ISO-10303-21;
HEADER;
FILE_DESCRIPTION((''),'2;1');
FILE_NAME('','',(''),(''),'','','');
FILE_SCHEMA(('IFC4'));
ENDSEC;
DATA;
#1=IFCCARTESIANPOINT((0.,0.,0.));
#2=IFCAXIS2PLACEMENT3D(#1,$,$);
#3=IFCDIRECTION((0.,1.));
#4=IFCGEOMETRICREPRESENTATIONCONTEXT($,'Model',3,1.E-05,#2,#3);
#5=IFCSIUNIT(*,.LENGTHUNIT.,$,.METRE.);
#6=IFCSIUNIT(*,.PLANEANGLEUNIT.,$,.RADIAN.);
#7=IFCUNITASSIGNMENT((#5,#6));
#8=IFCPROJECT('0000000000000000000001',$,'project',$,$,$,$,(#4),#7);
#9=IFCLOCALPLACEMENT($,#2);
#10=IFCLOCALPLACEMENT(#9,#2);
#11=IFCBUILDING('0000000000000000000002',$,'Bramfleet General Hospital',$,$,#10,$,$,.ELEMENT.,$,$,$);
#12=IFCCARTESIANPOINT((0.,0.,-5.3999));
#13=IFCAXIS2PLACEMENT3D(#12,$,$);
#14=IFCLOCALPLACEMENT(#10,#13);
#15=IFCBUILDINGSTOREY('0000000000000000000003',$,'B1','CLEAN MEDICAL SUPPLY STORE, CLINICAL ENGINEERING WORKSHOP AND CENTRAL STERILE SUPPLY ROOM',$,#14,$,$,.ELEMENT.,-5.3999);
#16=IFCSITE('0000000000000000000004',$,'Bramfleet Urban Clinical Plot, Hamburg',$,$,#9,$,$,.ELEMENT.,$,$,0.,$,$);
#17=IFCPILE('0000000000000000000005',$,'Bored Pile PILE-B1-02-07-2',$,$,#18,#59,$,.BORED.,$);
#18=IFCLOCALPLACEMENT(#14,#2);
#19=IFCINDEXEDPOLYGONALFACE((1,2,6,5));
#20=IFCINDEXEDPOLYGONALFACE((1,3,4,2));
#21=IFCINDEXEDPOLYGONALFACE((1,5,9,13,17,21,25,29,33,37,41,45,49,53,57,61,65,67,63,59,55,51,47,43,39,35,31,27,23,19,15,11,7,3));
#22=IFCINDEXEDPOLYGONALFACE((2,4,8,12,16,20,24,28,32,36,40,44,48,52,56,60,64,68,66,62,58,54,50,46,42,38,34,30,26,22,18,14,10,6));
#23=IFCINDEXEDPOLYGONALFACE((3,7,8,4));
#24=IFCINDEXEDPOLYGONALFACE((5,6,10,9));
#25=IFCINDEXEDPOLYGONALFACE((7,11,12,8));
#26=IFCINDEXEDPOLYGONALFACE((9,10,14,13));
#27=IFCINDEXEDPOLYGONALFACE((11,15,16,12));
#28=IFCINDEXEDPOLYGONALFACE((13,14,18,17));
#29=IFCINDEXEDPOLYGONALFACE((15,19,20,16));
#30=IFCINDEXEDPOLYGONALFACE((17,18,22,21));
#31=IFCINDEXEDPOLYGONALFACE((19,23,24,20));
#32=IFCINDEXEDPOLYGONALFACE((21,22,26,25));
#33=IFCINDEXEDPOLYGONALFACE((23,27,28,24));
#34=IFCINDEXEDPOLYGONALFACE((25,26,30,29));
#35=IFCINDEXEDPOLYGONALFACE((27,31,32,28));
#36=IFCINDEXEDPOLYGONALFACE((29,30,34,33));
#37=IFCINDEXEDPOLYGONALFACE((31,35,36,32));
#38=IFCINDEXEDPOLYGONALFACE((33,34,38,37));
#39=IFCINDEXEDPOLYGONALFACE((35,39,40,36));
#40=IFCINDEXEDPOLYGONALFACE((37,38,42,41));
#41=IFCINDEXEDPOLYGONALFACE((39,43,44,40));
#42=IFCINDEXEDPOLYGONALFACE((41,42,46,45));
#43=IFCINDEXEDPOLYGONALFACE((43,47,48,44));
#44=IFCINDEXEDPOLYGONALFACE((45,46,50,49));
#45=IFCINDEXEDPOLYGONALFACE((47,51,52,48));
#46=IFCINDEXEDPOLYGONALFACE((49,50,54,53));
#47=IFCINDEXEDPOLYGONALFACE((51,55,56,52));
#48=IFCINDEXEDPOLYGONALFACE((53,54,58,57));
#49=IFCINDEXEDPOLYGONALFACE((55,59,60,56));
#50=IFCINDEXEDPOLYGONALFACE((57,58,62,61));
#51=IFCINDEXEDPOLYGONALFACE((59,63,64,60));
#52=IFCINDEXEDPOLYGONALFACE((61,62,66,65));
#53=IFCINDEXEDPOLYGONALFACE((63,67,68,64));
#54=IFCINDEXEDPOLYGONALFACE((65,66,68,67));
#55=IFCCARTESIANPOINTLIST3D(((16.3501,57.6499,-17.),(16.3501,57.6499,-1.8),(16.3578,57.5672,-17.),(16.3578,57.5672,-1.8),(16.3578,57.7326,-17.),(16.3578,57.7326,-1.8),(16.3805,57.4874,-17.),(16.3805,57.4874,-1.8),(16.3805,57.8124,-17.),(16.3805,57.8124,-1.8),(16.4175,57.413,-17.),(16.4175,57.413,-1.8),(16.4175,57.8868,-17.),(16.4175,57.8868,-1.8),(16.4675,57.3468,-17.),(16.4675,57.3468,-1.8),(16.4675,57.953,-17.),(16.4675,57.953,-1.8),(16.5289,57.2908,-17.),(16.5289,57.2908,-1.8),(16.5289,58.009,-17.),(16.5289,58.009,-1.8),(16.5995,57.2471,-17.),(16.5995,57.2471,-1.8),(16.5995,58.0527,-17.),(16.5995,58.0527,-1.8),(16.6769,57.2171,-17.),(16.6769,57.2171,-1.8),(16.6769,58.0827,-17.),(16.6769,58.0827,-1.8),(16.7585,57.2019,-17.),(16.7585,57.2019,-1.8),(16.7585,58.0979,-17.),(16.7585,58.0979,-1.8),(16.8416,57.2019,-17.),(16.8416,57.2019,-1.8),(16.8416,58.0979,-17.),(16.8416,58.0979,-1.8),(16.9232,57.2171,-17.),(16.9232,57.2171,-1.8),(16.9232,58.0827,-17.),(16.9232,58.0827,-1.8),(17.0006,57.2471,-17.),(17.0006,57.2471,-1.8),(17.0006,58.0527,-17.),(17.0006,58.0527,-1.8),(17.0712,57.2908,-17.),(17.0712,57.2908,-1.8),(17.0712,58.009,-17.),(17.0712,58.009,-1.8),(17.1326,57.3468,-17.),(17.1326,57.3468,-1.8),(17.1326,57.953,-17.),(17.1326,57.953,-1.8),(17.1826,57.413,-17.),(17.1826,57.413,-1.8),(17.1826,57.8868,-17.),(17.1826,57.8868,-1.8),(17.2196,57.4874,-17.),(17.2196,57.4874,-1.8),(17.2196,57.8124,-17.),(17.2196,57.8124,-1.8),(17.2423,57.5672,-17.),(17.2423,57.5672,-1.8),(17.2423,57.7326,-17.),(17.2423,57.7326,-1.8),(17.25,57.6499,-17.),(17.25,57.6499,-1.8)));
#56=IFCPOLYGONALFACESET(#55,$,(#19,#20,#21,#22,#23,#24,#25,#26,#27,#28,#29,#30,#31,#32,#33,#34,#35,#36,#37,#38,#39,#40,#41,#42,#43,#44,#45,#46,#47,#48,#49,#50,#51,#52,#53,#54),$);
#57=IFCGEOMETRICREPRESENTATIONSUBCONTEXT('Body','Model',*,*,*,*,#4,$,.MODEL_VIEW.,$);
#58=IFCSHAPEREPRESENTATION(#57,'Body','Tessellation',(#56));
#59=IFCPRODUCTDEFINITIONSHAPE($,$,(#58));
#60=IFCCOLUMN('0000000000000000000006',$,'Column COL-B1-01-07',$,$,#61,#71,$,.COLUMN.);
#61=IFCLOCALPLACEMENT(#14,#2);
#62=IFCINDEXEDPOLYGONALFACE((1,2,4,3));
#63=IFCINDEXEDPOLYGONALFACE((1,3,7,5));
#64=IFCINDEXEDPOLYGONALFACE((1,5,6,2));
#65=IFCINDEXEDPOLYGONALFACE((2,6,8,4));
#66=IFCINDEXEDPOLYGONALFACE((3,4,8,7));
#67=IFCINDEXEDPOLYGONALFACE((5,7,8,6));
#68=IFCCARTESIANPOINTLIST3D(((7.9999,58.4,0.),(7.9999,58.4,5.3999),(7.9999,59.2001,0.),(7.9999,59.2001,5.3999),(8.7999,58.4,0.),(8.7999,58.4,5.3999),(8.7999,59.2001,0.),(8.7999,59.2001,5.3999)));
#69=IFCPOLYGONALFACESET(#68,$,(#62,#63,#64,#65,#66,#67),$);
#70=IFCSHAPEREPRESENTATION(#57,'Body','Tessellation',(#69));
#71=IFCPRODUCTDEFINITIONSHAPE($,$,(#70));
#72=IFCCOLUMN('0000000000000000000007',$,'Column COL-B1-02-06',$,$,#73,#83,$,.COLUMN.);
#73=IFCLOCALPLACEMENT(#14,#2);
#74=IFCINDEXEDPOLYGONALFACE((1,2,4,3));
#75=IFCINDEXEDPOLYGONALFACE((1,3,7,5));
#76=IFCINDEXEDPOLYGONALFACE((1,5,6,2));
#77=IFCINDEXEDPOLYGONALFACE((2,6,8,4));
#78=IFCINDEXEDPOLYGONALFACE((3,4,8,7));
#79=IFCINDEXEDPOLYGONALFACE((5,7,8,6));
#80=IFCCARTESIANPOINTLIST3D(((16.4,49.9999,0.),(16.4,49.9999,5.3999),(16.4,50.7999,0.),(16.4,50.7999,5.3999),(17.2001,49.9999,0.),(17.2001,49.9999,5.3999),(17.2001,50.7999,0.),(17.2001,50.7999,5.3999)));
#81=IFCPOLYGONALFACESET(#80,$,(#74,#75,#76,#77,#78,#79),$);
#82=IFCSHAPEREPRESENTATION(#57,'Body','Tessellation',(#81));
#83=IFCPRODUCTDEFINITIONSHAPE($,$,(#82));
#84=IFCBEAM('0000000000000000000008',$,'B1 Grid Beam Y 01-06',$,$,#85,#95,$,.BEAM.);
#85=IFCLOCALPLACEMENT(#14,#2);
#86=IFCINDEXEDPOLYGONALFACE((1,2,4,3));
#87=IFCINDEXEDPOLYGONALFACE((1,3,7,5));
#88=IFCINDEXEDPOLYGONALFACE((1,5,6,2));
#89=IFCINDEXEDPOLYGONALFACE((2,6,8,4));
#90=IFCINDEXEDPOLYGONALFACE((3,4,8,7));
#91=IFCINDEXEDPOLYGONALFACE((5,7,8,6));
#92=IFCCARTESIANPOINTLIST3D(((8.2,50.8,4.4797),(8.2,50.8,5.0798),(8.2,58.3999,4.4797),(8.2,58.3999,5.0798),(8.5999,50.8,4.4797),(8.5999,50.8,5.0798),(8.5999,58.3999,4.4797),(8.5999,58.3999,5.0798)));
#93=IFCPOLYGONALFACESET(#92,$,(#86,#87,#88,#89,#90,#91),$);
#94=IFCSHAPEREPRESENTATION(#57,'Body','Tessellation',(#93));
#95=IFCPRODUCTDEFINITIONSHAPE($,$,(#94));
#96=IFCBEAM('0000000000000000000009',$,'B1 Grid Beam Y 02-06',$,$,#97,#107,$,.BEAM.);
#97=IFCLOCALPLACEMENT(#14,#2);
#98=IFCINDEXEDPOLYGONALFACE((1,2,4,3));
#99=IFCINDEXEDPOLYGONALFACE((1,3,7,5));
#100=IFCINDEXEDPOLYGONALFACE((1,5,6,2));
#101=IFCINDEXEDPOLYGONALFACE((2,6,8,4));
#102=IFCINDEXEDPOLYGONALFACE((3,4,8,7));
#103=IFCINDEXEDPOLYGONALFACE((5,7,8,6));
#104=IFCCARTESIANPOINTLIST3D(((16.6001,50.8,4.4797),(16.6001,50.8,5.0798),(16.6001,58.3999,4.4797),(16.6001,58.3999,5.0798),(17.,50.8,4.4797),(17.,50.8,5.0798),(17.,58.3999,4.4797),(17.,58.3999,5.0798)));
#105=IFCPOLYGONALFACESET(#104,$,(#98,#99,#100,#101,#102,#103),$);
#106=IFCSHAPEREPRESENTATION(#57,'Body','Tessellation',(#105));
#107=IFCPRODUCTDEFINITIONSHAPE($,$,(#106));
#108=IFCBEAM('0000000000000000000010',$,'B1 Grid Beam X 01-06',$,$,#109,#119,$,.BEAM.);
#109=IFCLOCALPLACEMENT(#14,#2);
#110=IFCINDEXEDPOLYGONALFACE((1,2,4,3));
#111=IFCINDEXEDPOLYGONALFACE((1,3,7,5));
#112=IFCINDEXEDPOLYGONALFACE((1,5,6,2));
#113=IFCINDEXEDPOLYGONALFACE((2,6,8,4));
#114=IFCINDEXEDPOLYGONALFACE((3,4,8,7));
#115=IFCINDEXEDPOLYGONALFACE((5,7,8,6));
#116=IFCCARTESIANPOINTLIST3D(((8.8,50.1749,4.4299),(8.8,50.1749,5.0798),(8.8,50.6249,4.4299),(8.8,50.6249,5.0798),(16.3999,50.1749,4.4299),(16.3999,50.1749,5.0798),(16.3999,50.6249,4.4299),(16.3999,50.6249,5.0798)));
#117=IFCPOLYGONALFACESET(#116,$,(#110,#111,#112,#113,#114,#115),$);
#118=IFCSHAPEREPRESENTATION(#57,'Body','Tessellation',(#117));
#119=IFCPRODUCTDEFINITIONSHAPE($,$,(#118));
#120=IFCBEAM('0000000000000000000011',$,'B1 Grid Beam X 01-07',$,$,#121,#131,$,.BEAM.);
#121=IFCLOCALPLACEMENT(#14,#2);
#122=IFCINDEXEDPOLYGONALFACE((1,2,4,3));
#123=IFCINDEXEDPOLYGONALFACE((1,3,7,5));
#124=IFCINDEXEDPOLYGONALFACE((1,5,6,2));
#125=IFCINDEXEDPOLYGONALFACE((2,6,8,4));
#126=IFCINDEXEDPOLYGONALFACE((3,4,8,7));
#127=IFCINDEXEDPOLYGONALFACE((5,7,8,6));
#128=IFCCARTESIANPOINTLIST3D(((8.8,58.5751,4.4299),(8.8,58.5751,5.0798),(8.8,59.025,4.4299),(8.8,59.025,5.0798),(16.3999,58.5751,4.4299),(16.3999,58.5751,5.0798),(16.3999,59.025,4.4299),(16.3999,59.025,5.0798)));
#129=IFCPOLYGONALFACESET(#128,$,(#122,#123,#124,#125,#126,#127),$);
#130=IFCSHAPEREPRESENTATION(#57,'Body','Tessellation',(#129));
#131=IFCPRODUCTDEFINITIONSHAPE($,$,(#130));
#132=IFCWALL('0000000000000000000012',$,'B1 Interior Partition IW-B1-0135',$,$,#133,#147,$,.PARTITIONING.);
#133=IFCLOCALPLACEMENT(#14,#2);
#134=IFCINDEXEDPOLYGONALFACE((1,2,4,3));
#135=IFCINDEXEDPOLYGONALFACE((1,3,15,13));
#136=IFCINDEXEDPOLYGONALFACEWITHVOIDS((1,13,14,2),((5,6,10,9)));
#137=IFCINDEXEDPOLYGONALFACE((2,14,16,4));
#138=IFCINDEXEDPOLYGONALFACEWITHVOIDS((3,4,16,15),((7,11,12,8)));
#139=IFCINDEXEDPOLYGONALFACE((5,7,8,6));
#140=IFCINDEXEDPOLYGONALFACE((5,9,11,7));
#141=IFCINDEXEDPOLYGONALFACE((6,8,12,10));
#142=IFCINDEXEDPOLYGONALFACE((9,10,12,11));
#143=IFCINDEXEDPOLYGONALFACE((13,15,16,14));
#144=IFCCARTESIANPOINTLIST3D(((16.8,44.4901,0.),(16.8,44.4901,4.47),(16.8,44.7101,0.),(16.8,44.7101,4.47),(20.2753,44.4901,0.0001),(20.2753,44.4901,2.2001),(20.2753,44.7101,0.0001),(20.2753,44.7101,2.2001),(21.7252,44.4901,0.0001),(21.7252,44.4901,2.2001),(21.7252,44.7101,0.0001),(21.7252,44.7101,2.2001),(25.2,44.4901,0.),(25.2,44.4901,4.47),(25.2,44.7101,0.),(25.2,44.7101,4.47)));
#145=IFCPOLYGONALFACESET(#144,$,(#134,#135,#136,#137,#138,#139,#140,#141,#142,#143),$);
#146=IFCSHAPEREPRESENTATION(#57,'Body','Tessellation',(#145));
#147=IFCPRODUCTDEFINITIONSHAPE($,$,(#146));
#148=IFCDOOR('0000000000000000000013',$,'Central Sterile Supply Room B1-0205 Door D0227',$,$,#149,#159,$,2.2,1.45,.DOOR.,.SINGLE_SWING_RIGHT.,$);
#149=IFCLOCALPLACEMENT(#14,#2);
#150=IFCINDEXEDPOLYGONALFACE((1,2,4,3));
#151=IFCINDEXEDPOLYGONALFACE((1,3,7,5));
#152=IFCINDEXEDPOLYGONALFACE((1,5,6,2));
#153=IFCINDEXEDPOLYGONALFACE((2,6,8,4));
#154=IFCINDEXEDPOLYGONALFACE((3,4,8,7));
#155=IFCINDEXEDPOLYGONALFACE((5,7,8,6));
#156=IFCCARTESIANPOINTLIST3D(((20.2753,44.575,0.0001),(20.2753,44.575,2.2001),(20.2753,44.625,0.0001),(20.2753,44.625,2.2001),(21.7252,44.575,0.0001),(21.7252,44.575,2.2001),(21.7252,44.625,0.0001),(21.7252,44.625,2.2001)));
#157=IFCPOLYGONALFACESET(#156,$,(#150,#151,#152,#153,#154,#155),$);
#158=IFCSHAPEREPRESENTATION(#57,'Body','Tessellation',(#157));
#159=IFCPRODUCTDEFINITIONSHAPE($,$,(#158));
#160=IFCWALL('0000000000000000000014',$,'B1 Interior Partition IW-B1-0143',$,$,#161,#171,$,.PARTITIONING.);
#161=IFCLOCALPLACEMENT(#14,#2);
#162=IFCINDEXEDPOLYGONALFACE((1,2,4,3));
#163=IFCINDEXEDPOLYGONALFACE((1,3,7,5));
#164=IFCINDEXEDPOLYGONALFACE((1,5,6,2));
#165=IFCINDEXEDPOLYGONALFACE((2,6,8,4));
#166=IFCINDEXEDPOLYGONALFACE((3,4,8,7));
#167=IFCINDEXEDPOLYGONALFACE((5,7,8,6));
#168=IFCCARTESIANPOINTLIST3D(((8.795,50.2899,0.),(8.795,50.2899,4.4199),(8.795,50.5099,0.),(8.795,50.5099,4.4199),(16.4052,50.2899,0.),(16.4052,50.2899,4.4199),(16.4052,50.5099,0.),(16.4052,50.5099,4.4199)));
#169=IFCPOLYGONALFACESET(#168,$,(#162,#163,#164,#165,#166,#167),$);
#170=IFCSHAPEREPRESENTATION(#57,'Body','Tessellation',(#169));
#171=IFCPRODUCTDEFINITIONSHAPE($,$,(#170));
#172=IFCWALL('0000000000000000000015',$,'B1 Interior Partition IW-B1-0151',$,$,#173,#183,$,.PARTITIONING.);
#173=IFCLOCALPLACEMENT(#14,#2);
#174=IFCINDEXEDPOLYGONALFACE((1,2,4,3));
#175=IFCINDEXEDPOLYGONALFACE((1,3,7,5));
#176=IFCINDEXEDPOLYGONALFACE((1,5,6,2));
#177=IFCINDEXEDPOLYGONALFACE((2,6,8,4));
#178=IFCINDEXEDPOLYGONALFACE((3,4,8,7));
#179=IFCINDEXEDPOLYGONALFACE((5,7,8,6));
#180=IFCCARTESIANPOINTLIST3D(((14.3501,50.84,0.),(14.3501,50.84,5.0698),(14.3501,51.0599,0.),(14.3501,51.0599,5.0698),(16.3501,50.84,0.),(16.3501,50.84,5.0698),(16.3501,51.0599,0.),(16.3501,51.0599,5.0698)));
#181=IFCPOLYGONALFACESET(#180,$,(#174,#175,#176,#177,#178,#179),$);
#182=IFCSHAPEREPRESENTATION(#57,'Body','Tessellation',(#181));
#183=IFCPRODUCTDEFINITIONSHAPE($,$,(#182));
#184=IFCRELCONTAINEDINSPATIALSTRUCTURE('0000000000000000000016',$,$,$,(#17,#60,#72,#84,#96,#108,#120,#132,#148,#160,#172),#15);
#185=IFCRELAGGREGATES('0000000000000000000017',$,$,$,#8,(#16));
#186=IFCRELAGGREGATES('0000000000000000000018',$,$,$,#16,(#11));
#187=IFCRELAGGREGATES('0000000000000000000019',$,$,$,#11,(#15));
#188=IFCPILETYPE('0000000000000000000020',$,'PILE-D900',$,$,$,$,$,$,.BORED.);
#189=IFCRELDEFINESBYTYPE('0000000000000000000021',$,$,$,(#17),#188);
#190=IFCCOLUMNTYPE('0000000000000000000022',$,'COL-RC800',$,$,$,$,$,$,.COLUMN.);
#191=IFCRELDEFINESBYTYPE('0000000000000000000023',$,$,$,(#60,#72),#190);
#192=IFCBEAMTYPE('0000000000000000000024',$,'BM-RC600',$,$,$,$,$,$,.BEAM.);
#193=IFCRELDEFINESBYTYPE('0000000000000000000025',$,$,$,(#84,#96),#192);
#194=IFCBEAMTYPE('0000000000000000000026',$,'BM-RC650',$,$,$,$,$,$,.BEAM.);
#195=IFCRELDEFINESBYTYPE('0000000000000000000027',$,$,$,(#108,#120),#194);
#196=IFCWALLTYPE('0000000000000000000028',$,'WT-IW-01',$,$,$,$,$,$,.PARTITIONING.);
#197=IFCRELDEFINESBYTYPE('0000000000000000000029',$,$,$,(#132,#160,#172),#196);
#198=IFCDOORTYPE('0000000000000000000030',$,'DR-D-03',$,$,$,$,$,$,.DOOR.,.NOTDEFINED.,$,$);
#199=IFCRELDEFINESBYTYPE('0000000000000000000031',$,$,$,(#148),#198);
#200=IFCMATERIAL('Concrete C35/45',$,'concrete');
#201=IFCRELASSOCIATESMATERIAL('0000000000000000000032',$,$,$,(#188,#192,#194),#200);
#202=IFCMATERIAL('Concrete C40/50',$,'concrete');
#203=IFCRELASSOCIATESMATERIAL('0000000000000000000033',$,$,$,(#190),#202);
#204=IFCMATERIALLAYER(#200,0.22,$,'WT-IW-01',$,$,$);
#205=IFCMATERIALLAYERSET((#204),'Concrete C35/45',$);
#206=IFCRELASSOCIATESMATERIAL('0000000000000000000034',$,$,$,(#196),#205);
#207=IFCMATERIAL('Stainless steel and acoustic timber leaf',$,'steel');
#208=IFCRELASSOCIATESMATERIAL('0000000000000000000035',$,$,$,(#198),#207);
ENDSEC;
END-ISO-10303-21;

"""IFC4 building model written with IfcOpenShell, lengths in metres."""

from ifc_helpers import new_model, si_unit, direction, frame, frame_2d, origin, origin_2d, place, context, subcontext, project, spatial, rectangle, circle, extrude, material, layer, layer_set, material_profile, profile_set, type_object, element, fill, save


model = new_model("IFC4")

# Units and contexts
model_context = context("Model", 3, precision=1e-05, world=origin(), true_north=direction((0.0, 1.0)))
body_context = subcontext(model_context, "Body", "Model", "MODEL_VIEW")
ifc_project = project(units=[si_unit("LENGTHUNIT", "METRE"), si_unit("PLANEANGLEUNIT", "RADIAN")], contexts=[model_context])

# Site, building, storey
site_placement = place(None, origin())
site = spatial("IfcSite", under=ifc_project, at=site_placement, Name="Bramfleet Urban Clinical Plot, Hamburg", CompositionType="ELEMENT", RefElevation=0.0)
building_placement = place(site_placement, origin())
building = spatial("IfcBuilding", under=site, at=building_placement, Name="Bramfleet General Hospital", CompositionType="ELEMENT")
storey_placement = place(building_placement, frame((0.0, 0.0, -5.3999)))
storey = spatial("IfcBuildingStorey", under=building, at=storey_placement, Name="B1", Description="CLEAN MEDICAL SUPPLY STORE, CLINICAL ENGINEERING WORKSHOP AND CENTRAL STERILE SUPPLY ROOM", CompositionType="ELEMENT", Elevation=-5.3999)

# Shared definitions
ifc_material_1 = material(Name="Concrete C35/45", Category="concrete")

# Pile
ifc_material_profile_1 = material_profile(ifc_material_1, circle(Radius=0.45, at=origin_2d()), Name="PILE BORED D900")
ifc_profile_set_1 = profile_set([ifc_material_profile_1], Name="Concrete C35/45")
pile_type_1 = type_object("IfcPileType", Name="PILE-D900", PredefinedType="BORED", material=ifc_profile_set_1)
for number, where, z_axis, x_axis, name in (
    (1, (16.8, 57.6499, -1.8), (0.0, 0.0, -1.0), (1.0, 0.0, 0.0), "Bored Pile PILE-B1-02-07-2"),
):
    element("IfcPile", number, at=place(storey_placement, frame(where, z_axis=z_axis, x_axis=x_axis)), inside=storey, type_object=pile_type_1, Name=name, PredefinedType="BORED", context=body_context, shape_type="SweptSolid", body=[
        extrude(circle(Radius=0.45, at=origin_2d()), origin(), (0.0, 0.0, 1.0), 15.2),
    ])

# Columns
ifc_material_2 = material(Name="Concrete C40/50", Category="concrete")
ifc_material_profile_2 = material_profile(ifc_material_2, rectangle(XDim=0.8, YDim=0.8, at=origin_2d()), Name="RC COL 800x800")
ifc_profile_set_2 = profile_set([ifc_material_profile_2], Name="Concrete C40/50")
column_type = type_object("IfcColumnType", Name="COL-RC800", PredefinedType="COLUMN", material=ifc_profile_set_2)
for number, where, z_axis, x_axis, name in (
    (2, (8.3999, 58.8, 0.0), (0.0, 0.0, 1.0), (1.0, 0.0, 0.0), "Column COL-B1-01-07"),
    (3, (16.8, 50.3999, 0.0), (0.0, 0.0, 1.0), (1.0, 0.0, 0.0), "Column COL-B1-02-06"),
):
    element("IfcColumn", number, at=place(storey_placement, frame(where, z_axis=z_axis, x_axis=x_axis)), inside=storey, type_object=column_type, Name=name, PredefinedType="COLUMN", context=body_context, shape_type="SweptSolid", body=[
        extrude(rectangle(XDim=0.8, YDim=0.8, at=origin_2d()), origin(), (0.0, 0.0, 1.0), 5.3999),
    ])

# Beams
ifc_material_profile_3 = material_profile(ifc_material_1, rectangle(XDim=0.3999, YDim=0.6001, at=origin_2d()), Name="RC BM 600x400")
ifc_profile_set_3 = profile_set([ifc_material_profile_3], Name="Concrete C35/45")
beam_type_1 = type_object("IfcBeamType", Name="BM-RC600", PredefinedType="BEAM", material=ifc_profile_set_3)
for number, where, z_axis, x_axis, name in (
    (4, (8.3999, 50.8, 4.7798), (0.0, 1.0, 0.0), (-1.0, 0.0, 0.0), "B1 Grid Beam Y 01-06"),
    (5, (16.8, 50.8, 4.7798), (0.0, 1.0, 0.0), (-1.0, 0.0, 0.0), "B1 Grid Beam Y 02-06"),
):
    element("IfcBeam", number, at=place(storey_placement, frame(where, z_axis=z_axis, x_axis=x_axis)), inside=storey, type_object=beam_type_1, Name=name, PredefinedType="BEAM", context=body_context, shape_type="SweptSolid", body=[
        extrude(rectangle(XDim=0.3999, YDim=0.6001, at=origin_2d()), origin(), (0.0, 0.0, 1.0), 7.5999),
    ])
ifc_material_profile_4 = material_profile(ifc_material_1, rectangle(XDim=0.45, YDim=0.6499, at=origin_2d()), Name="RC BM 650x450")
ifc_profile_set_4 = profile_set([ifc_material_profile_4], Name="Concrete C35/45")
beam_type_2 = type_object("IfcBeamType", Name="BM-RC650", PredefinedType="BEAM", material=ifc_profile_set_4)
for number, where, z_axis, x_axis, name in (
    (6, (8.8, 50.3999, 4.7549), (1.0, 0.0, 0.0), (0.0, 1.0, 0.0), "B1 Grid Beam X 01-06"),
    (7, (8.8, 58.8, 4.7549), (1.0, 0.0, 0.0), (0.0, 1.0, 0.0), "B1 Grid Beam X 01-07"),
):
    element("IfcBeam", number, at=place(storey_placement, frame(where, z_axis=z_axis, x_axis=x_axis)), inside=storey, type_object=beam_type_2, Name=name, PredefinedType="BEAM", context=body_context, shape_type="SweptSolid", body=[
        extrude(rectangle(XDim=0.45, YDim=0.6499, at=origin_2d()), origin(), (0.0, 0.0, 1.0), 7.5999),
    ])

# Wall, opening, door
ifc_layer = layer(ifc_material_1, 0.22, Name="WT-IW-01")
ifc_layer_set = layer_set([ifc_layer], Name="Concrete C35/45")
wall_type = type_object("IfcWallType", Name="WT-IW-01", PredefinedType="PARTITIONING", material=ifc_layer_set)
wall_1_placement = place(storey_placement, frame((16.8, 44.6001, 0.0), z_axis=(0.0, 0.0, 1.0), x_axis=(1.0, 0.0, 0.0)))
wall_1 = element("IfcWall", 8, at=wall_1_placement, inside=storey, type_object=wall_type, Name="B1 Interior Partition IW-B1-0135", PredefinedType="PARTITIONING", context=body_context, shape_type="SweptSolid", body=[
    extrude(rectangle(XDim=8.3999, YDim=0.22, at=frame_2d((4.2, 0.0))), origin(), (0.0, 0.0, 1.0), 4.47),
])
opening_1_placement = place(wall_1_placement, frame((3.4751, 0.0, 0.0)))
opening_1 = element("IfcOpeningElement", 9, at=opening_1_placement, cuts=wall_1, PredefinedType="OPENING", context=body_context, shape_type="SweptSolid", body=[
    extrude(rectangle(XDim=1.45, YDim=2.2, at=frame_2d((0.7251, 1.1001))), frame((0.0, 0.1199, 0.0), z_axis=(0.0, -1.0, 0.0), x_axis=(1.0, 0.0, 0.0)), (0.0, 0.0, 1.0), 0.24),
])
ifc_material_3 = material(Name="Stainless steel and acoustic timber leaf", Category="steel")
door_type_1 = type_object("IfcDoorType", Name="DR-D-03", OperationType="NOTDEFINED", PredefinedType="DOOR", material=ifc_material_3)
door_1_placement = place(opening_1_placement, origin())
door_1 = element("IfcDoor", 10, at=door_1_placement, inside=storey, type_object=door_type_1, Name="Central Sterile Supply Room B1-0205 Door D0227", OperationType="SINGLE_SWING_RIGHT", OverallHeight=2.2, OverallWidth=1.45, PredefinedType="DOOR", context=body_context, shape_type="SweptSolid", body=[
    extrude(rectangle(XDim=1.45, YDim=2.2, at=frame_2d((0.7251, 1.1001))), frame((0.0, 0.0249, 0.0), z_axis=(0.0, -1.0, 0.0), x_axis=(1.0, 0.0, 0.0)), (0.0, 0.0, 1.0), 0.05),
])
fill(opening_1, door_1)

# Walls
wall_2_placement = place(storey_placement, frame((8.7949, 50.3999, 0.0), z_axis=(0.0, 0.0, 1.0), x_axis=(1.0, 0.0, 0.0)))
element("IfcWall", 11, at=wall_2_placement, inside=storey, type_object=wall_type, Name="B1 Interior Partition IW-B1-0143", PredefinedType="PARTITIONING", context=body_context, shape_type="SweptSolid", body=[
    extrude(rectangle(XDim=7.6101, YDim=0.22, at=frame_2d((3.8052, 0.0))), origin(), (0.0, 0.0, 1.0), 4.4199),
])
wall_3_placement = place(storey_placement, frame((14.3501, 50.95, 0.0), z_axis=(0.0, 0.0, 1.0), x_axis=(1.0, 0.0, 0.0)))
element("IfcWall", 12, at=wall_3_placement, inside=storey, type_object=wall_type, Name="B1 Interior Partition IW-B1-0151", PredefinedType="PARTITIONING", context=body_context, shape_type="SweptSolid", body=[
    extrude(rectangle(XDim=2.0, YDim=0.22, at=frame_2d((1.0, 0.0))), origin(), (0.0, 0.0, 1.0), 5.0698),
])

save(model, "model.ifc")
